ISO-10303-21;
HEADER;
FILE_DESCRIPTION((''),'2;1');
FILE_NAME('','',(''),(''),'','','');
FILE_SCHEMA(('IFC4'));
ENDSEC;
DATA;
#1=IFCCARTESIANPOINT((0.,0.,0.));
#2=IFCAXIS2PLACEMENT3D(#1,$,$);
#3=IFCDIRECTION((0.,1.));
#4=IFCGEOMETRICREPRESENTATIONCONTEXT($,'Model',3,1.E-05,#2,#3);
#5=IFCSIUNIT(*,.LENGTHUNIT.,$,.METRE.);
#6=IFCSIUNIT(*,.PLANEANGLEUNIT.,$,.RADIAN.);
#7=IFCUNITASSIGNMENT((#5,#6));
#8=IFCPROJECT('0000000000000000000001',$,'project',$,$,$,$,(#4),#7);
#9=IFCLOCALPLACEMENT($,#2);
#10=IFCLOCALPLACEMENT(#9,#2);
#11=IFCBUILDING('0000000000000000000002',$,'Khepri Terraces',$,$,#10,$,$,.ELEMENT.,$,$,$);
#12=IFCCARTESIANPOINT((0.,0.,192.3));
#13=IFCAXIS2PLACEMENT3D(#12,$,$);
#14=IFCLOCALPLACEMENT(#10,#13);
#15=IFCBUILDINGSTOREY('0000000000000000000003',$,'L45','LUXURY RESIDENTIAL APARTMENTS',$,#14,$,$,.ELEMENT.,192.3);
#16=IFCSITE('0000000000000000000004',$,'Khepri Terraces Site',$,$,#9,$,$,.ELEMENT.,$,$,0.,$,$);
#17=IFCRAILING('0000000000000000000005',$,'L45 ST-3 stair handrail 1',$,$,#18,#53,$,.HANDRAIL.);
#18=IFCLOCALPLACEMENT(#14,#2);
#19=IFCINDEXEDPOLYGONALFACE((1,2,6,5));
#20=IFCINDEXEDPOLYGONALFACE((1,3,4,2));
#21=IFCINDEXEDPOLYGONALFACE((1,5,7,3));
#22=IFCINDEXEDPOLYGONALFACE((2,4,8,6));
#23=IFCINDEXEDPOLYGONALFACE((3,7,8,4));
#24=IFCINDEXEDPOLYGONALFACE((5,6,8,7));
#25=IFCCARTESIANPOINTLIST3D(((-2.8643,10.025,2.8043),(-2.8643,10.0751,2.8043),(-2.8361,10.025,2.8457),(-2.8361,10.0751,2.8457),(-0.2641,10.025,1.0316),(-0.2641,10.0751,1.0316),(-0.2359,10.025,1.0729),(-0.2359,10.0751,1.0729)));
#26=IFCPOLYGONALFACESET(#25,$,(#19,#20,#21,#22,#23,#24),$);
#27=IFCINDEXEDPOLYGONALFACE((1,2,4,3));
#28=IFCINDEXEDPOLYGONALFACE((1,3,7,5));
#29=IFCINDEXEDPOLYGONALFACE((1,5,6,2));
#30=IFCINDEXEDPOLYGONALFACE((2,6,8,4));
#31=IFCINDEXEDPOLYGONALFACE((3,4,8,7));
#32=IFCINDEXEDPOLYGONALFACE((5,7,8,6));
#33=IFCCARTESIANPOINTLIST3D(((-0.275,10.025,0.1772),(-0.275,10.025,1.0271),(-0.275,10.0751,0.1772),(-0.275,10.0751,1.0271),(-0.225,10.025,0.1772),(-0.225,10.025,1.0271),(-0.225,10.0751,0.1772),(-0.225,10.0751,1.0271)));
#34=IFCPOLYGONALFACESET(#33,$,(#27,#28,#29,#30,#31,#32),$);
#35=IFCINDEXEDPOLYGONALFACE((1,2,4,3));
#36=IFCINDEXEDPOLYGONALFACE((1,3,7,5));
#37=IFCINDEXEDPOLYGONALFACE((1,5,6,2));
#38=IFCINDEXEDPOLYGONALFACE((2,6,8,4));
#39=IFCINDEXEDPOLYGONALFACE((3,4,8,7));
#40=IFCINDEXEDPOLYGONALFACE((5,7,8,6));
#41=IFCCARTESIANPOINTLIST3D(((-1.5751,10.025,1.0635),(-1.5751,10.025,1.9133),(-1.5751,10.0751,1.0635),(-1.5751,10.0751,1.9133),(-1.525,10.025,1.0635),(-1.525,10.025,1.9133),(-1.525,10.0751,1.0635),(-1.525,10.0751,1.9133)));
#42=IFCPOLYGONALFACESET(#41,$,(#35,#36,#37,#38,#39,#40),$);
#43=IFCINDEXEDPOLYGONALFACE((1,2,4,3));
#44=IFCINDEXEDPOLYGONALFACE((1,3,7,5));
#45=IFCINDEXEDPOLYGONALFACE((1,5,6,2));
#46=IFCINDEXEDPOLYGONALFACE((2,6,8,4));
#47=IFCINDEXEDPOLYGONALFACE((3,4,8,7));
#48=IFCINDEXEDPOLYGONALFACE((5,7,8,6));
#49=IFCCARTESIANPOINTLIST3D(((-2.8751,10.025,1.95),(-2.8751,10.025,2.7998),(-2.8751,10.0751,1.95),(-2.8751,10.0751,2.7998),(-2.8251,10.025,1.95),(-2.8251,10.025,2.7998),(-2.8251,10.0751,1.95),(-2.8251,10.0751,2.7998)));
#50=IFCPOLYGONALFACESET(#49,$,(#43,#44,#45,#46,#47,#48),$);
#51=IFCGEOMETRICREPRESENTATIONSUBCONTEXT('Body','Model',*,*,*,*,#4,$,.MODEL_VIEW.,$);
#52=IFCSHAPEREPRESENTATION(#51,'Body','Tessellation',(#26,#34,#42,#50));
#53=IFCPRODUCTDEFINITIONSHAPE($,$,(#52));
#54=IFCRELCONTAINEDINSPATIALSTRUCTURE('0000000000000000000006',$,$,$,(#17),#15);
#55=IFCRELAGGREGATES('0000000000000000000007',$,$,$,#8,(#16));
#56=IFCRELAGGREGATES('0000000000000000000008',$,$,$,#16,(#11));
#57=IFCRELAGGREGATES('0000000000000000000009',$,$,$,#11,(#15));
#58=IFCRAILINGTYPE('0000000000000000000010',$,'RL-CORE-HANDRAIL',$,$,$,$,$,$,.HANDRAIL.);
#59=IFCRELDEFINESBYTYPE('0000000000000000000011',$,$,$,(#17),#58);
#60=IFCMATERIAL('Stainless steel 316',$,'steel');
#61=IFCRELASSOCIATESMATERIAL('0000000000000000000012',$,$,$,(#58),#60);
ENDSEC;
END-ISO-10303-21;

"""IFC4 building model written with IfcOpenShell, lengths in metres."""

from ifc_helpers import new_model, si_unit, direction, frame, origin, origin_2d, place, context, subcontext, project, spatial, rectangle, extrude, material, type_object, element, save


model = new_model("IFC4")

# Units and contexts
model_context = context("Model", 3, precision=1e-05, world=origin(), true_north=direction((0.0, 1.0)))
body_context = subcontext(model_context, "Body", "Model", "MODEL_VIEW")
ifc_project = project(units=[si_unit("LENGTHUNIT", "METRE"), si_unit("PLANEANGLEUNIT", "RADIAN")], contexts=[model_context])

# Site, building, storey
site_placement = place(None, origin())
site = spatial("IfcSite", under=ifc_project, at=site_placement, Name="Khepri Terraces Site", CompositionType="ELEMENT", RefElevation=0.0)
building_placement = place(site_placement, origin())
building = spatial("IfcBuilding", under=site, at=building_placement, Name="Khepri Terraces", CompositionType="ELEMENT")
storey_placement = place(building_placement, frame((0.0, 0.0, 192.3)))
storey = spatial("IfcBuildingStorey", under=building, at=storey_placement, Name="L45", Description="LUXURY RESIDENTIAL APARTMENTS", CompositionType="ELEMENT", Elevation=192.3)

# Railing
ifc_material_1 = material(Name="Stainless steel 316", Category="steel")
railing_type_1 = type_object("IfcRailingType", Name="RL-CORE-HANDRAIL", PredefinedType="HANDRAIL", material=ifc_material_1)
railing_1_placement = place(storey_placement, frame((-0.25, 10.05, 0.1772)))
element("IfcRailing", 1, at=railing_1_placement, inside=storey, type_object=railing_type_1, Name="L45 ST-3 stair handrail 1", PredefinedType="HANDRAIL", context=body_context, shape_type="SweptSolid", body=[
    extrude(rectangle(XDim=0.05, YDim=0.05, at=origin_2d()), frame((0.0, 0.0, 0.875), z_axis=(-0.82624, 0.0, 0.563318), x_axis=(0.0, -1.0, 0.0)), (0.0, 0.0, 1.0), 3.147),
    extrude(rectangle(XDim=0.05, YDim=0.05, at=origin_2d()), origin(), (0.0, 0.0, 1.0), 0.8499),
    extrude(rectangle(XDim=0.05, YDim=0.05, at=origin_2d()), frame((-1.3, 0.0, 0.8862)), (0.0, 0.0, 1.0), 0.8499),
    extrude(rectangle(XDim=0.05, YDim=0.05, at=origin_2d()), frame((-2.6001, 0.0, 1.7727)), (0.0, 0.0, 1.0), 0.8499),
])

save(model, "model.ifc")
